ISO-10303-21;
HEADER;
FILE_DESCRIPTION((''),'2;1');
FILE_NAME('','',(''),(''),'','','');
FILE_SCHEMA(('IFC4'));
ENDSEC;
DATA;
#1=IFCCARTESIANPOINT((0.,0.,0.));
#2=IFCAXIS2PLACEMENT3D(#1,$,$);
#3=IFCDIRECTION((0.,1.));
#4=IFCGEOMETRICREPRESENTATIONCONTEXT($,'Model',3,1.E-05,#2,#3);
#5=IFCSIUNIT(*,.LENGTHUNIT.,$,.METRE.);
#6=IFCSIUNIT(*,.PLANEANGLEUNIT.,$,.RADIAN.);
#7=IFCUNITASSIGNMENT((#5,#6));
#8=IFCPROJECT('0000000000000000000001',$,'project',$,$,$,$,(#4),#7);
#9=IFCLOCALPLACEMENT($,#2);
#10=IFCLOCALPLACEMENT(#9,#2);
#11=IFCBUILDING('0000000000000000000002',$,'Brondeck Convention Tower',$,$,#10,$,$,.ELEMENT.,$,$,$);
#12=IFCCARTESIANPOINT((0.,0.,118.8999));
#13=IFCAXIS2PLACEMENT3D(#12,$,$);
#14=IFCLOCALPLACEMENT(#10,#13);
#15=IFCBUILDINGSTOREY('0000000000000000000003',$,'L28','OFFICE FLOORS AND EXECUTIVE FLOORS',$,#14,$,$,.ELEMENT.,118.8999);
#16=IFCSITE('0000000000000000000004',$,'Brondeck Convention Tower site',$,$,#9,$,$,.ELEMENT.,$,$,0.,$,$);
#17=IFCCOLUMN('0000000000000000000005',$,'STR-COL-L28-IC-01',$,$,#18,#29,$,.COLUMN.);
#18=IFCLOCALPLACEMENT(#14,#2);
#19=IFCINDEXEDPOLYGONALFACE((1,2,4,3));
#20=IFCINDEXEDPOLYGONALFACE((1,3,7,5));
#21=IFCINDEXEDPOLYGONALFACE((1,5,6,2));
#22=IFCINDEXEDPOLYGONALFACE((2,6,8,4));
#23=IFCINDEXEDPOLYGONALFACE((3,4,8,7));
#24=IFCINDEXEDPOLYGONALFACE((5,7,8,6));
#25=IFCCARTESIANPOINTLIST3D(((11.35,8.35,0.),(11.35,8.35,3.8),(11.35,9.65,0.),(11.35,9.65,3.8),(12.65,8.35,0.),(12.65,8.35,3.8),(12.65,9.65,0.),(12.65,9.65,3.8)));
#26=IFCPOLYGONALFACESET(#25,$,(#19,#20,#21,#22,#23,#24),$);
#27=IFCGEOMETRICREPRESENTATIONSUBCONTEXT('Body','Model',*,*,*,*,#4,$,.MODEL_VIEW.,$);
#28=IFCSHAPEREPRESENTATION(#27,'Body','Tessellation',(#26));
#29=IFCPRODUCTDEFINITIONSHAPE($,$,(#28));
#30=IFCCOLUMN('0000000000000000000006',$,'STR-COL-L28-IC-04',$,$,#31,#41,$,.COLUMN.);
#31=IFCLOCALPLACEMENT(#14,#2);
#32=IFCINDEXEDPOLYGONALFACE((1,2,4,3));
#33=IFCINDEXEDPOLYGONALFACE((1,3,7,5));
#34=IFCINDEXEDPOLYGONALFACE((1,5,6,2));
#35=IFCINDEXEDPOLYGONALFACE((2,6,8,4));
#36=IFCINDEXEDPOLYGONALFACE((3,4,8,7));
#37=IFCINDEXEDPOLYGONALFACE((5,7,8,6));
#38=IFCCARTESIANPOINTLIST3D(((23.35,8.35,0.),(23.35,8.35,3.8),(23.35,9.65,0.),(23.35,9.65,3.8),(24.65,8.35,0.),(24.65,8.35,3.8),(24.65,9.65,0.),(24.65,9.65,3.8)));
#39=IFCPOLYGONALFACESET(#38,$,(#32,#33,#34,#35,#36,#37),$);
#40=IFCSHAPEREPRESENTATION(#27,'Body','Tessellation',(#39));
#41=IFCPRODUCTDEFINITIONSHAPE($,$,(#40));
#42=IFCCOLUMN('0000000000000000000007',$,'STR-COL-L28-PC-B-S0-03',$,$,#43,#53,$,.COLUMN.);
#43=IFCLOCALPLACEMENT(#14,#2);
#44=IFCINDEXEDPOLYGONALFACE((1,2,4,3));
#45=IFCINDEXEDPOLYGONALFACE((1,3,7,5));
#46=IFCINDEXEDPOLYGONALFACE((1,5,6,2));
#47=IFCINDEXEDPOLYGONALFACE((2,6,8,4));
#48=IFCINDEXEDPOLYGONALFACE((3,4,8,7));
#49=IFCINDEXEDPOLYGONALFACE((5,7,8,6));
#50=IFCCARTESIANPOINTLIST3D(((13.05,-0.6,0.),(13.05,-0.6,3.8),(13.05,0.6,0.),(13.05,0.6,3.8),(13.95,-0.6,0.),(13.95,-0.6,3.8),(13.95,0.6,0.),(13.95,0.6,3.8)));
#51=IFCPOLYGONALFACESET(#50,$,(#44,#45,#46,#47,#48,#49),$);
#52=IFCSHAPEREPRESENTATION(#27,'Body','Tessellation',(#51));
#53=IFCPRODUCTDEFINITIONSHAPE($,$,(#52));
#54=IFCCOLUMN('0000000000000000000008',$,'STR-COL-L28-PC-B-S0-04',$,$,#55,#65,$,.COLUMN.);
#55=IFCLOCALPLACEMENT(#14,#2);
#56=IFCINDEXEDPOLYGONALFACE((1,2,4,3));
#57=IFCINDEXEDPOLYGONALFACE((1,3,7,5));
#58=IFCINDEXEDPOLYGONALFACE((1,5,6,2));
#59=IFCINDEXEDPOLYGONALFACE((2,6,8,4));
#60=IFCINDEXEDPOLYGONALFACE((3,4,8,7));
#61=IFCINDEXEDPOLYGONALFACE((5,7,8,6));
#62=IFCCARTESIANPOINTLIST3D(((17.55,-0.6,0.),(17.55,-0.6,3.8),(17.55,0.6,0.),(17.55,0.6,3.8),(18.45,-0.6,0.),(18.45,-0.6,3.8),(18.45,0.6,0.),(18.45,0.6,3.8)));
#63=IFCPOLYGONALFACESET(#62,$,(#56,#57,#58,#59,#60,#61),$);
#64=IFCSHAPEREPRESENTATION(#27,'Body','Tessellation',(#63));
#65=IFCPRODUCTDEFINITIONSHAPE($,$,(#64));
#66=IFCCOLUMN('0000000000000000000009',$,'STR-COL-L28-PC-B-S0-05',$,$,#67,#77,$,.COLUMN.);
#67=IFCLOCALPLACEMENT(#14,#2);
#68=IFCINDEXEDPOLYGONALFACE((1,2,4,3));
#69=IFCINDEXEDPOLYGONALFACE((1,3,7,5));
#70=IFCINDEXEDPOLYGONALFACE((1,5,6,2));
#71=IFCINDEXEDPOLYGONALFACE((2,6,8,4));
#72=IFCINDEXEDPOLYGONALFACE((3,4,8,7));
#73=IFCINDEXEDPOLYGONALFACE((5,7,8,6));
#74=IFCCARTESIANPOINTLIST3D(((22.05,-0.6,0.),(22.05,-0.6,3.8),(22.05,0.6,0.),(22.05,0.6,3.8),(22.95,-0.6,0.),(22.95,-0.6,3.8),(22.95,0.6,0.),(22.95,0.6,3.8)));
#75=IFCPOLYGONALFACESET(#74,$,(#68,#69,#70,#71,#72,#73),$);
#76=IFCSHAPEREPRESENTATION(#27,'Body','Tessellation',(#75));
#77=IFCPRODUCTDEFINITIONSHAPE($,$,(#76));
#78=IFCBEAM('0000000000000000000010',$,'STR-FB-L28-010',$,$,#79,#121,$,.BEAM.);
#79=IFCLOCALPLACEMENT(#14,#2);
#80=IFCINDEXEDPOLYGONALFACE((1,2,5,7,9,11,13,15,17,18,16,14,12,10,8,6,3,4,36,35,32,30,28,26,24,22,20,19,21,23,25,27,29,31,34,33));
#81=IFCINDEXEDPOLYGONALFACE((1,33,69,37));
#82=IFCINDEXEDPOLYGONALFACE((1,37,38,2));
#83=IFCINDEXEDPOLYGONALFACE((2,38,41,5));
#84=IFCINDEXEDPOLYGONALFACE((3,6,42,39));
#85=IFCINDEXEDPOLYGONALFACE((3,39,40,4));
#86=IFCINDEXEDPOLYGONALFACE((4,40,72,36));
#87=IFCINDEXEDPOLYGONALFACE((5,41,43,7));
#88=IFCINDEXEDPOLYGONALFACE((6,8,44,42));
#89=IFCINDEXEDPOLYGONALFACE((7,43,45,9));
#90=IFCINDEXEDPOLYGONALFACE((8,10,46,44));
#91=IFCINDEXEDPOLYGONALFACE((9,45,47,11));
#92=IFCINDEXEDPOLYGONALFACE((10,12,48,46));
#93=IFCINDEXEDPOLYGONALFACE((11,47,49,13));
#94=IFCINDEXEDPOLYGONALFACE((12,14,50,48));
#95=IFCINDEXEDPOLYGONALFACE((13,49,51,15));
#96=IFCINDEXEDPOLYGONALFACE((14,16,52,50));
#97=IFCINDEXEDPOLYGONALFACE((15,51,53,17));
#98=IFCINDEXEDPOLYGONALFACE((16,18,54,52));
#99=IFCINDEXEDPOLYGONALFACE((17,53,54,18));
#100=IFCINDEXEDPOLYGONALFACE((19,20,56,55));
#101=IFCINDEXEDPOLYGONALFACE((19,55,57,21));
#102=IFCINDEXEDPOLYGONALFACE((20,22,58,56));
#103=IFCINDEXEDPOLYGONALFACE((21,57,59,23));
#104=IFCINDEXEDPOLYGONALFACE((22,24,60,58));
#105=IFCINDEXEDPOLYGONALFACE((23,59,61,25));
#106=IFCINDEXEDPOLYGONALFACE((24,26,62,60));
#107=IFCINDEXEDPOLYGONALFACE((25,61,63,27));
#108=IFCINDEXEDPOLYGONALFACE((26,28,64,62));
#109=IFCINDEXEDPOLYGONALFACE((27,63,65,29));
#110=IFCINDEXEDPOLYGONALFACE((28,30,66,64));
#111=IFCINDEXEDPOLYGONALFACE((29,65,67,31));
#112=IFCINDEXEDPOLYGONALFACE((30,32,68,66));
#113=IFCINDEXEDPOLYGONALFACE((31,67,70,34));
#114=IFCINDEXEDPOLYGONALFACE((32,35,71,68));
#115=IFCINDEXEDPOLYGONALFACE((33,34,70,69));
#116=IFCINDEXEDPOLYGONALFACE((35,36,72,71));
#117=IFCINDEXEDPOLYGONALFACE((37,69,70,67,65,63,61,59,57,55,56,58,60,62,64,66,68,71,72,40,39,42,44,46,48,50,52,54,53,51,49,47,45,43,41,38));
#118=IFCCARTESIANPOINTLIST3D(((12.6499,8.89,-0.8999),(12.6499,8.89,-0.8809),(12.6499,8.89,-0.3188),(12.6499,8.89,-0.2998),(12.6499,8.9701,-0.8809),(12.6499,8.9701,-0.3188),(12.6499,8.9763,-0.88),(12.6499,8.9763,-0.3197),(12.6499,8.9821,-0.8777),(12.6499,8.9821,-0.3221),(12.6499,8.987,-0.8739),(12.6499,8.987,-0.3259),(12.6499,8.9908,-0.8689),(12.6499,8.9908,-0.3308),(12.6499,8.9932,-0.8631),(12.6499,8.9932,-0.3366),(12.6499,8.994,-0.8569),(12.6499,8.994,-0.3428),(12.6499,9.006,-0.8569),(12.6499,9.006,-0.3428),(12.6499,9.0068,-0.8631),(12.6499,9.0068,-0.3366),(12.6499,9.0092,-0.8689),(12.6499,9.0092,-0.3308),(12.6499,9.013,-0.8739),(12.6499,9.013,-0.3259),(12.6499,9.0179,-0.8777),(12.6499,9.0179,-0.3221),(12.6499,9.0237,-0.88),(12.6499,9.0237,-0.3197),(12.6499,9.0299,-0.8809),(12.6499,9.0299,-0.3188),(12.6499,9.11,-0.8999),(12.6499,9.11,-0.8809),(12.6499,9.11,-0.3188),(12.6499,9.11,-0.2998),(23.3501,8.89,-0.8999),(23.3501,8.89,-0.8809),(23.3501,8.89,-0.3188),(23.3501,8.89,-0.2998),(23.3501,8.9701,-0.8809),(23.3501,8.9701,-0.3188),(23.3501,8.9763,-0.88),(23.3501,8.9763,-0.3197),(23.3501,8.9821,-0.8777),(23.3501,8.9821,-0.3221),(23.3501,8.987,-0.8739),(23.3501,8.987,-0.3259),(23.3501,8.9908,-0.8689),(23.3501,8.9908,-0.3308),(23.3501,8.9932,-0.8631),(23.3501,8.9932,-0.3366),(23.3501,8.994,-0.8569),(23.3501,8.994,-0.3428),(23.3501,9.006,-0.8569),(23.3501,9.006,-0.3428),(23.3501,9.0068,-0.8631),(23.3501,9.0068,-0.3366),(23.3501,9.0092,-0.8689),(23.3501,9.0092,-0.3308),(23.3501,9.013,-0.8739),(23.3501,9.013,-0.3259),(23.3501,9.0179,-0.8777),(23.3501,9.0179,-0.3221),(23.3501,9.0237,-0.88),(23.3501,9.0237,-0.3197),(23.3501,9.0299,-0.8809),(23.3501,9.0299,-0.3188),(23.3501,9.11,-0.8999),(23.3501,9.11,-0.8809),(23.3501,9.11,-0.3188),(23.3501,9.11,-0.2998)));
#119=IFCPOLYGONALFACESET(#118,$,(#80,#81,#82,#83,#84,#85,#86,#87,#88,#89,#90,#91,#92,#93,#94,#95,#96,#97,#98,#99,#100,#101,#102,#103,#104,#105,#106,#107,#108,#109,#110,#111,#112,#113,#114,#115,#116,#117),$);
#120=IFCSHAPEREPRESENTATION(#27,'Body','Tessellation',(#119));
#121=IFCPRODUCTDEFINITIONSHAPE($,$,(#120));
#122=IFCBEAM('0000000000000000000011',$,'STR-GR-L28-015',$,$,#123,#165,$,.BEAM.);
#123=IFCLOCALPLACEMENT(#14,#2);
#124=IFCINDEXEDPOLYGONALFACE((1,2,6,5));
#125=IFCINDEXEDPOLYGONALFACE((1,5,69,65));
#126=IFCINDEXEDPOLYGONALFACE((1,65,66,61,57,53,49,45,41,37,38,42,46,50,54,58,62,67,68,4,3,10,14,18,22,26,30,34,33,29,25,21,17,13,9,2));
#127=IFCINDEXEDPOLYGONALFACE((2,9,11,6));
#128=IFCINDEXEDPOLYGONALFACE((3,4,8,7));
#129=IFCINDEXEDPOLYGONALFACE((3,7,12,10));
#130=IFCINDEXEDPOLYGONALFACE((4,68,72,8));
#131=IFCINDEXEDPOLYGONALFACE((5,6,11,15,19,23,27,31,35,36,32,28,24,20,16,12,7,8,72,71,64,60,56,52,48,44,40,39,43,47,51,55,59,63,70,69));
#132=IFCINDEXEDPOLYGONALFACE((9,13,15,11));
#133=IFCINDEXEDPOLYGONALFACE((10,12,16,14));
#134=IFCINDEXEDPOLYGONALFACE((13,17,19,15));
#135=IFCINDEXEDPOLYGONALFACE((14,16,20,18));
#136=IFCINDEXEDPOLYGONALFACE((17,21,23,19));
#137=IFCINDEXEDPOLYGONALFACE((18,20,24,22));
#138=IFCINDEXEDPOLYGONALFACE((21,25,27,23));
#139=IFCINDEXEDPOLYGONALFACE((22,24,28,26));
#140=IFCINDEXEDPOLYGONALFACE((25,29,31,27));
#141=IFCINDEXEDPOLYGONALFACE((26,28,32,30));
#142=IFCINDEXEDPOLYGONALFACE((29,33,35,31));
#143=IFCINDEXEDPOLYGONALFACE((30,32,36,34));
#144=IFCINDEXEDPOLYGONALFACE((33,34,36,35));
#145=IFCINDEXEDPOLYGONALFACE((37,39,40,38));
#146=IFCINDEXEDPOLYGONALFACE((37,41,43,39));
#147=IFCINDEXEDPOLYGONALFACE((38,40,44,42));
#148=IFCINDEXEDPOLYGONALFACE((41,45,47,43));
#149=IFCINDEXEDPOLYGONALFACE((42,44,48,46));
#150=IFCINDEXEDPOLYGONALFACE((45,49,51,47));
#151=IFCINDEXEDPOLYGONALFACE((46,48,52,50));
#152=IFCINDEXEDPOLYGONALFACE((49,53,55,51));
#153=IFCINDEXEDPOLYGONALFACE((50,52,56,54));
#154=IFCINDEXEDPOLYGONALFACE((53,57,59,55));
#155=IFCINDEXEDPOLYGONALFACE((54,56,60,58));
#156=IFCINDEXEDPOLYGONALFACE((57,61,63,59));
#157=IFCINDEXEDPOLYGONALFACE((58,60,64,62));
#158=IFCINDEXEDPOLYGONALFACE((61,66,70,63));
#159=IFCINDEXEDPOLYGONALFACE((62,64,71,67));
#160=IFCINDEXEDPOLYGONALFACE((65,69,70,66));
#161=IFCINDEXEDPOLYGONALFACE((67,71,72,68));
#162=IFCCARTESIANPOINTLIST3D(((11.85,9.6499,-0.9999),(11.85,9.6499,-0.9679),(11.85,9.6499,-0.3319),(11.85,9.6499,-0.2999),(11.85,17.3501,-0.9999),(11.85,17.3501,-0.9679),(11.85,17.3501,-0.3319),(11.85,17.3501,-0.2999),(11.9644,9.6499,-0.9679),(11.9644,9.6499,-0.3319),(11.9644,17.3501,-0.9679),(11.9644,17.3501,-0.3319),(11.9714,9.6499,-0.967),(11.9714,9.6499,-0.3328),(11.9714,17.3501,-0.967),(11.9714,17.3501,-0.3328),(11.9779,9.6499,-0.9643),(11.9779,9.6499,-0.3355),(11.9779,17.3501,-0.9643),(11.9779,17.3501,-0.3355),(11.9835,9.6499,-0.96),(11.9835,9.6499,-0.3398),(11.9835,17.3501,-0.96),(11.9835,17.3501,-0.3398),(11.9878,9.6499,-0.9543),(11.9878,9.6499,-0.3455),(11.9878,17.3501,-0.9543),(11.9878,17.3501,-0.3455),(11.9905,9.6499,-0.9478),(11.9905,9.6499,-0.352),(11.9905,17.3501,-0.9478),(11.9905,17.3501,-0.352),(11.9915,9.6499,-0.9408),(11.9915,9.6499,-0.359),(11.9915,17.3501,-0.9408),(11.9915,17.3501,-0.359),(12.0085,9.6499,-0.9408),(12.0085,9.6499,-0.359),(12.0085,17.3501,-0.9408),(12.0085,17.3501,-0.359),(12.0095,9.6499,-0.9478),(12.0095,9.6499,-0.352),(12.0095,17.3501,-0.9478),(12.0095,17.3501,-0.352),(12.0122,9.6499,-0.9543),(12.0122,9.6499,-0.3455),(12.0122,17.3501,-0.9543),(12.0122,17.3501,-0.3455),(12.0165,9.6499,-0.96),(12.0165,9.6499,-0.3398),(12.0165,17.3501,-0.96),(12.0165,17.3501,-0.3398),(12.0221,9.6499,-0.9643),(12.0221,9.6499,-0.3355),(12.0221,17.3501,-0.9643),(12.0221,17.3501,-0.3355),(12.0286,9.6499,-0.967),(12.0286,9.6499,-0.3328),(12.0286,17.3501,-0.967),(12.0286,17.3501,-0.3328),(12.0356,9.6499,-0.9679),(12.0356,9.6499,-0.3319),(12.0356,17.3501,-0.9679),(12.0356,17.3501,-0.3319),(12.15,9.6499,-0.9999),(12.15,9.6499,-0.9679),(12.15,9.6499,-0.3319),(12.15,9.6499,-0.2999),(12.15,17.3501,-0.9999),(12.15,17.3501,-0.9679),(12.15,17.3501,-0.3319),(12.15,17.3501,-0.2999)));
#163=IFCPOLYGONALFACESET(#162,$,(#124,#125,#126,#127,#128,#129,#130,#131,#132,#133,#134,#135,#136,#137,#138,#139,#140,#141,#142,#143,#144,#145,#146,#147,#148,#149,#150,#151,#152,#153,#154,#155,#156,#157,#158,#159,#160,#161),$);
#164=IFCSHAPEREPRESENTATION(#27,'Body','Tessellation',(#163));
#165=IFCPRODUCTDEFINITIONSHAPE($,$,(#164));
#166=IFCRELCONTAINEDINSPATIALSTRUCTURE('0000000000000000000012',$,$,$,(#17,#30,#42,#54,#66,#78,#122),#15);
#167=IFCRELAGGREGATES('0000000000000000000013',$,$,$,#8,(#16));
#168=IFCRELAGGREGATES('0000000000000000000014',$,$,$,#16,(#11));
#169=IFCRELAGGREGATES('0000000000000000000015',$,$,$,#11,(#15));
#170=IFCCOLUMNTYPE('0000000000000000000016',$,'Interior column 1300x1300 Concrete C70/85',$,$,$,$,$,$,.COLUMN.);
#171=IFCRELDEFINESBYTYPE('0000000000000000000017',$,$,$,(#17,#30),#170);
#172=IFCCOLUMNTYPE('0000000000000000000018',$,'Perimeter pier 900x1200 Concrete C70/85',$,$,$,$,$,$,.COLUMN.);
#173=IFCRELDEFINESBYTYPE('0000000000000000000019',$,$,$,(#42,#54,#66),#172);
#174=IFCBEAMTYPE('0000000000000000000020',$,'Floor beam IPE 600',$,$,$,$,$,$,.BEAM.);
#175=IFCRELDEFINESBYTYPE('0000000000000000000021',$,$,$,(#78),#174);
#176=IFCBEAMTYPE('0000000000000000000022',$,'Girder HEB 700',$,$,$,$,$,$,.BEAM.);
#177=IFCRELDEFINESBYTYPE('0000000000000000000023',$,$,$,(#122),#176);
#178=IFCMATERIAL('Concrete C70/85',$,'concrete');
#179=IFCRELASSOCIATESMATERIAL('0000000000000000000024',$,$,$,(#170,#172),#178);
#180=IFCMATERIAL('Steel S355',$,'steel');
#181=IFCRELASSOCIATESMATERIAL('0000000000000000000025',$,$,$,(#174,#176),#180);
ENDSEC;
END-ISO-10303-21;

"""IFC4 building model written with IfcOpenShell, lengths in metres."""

from ifc_helpers import new_model, si_unit, direction, frame, origin, origin_2d, place, context, subcontext, project, spatial, rectangle, i_section, extrude, material, material_profile, profile_set, type_object, element, save


model = new_model("IFC4")

# Units and contexts
model_context = context("Model", 3, precision=1e-05, world=origin(), true_north=direction((0.0, 1.0)))
body_context = subcontext(model_context, "Body", "Model", "MODEL_VIEW")
ifc_project = project(units=[si_unit("LENGTHUNIT", "METRE"), si_unit("PLANEANGLEUNIT", "RADIAN")], contexts=[model_context])

# Site, building, storey
site_placement = place(None, origin())
site = spatial("IfcSite", under=ifc_project, at=site_placement, Name="Brondeck Convention Tower site", CompositionType="ELEMENT", RefElevation=0.0)
building_placement = place(site_placement, origin())
building = spatial("IfcBuilding", under=site, at=building_placement, Name="Brondeck Convention Tower", CompositionType="ELEMENT")
storey_placement = place(building_placement, frame((0.0, 0.0, 118.8999)))
storey = spatial("IfcBuildingStorey", under=building, at=storey_placement, Name="L28", Description="OFFICE FLOORS AND EXECUTIVE FLOORS", CompositionType="ELEMENT", Elevation=118.8999)

# Columns
ifc_material_1 = material(Name="Concrete C70/85", Category="concrete")
ifc_material_profile_1 = material_profile(ifc_material_1, rectangle(XDim=1.3, YDim=1.3, at=origin_2d()), Name="Interior column 1300x1300 Concrete C70/85")
ifc_profile_set_1 = profile_set([ifc_material_profile_1], Name="Concrete C70/85")
column_type_1 = type_object("IfcColumnType", Name="Interior column 1300x1300 Concrete C70/85", PredefinedType="COLUMN", material=ifc_profile_set_1)
for number, where, z_axis, x_axis, name in (
    (1, (12.0, 9.0, 0.0), (0.0, 0.0, 1.0), (1.0, 0.0, 0.0), "STR-COL-L28-IC-01"),
    (2, (24.0, 9.0, 0.0), (0.0, 0.0, 1.0), (1.0, 0.0, 0.0), "STR-COL-L28-IC-04"),
):
    element("IfcColumn", number, at=place(storey_placement, frame(where, z_axis=z_axis, x_axis=x_axis)), inside=storey, type_object=column_type_1, Name=name, PredefinedType="COLUMN", context=body_context, shape_type="SweptSolid", body=[
        extrude(rectangle(XDim=1.3, YDim=1.3, at=origin_2d()), origin(), (0.0, 0.0, 1.0), 3.8),
    ])
ifc_material_profile_2 = material_profile(ifc_material_1, rectangle(XDim=0.8999, YDim=1.2, at=origin_2d()), Name="Perimeter pier 900x1200 Concrete C70/85")
ifc_profile_set_2 = profile_set([ifc_material_profile_2], Name="Concrete C70/85")
column_type_2 = type_object("IfcColumnType", Name="Perimeter pier 900x1200 Concrete C70/85", PredefinedType="COLUMN", material=ifc_profile_set_2)
for number, where, z_axis, x_axis, name in (
    (3, (13.5, 0.0, 0.0), (0.0, 0.0, 1.0), (1.0, 0.0, 0.0), "STR-COL-L28-PC-B-S0-03"),
    (4, (18.0, 0.0, 0.0), (0.0, 0.0, 1.0), (1.0, 0.0, 0.0), "STR-COL-L28-PC-B-S0-04"),
    (5, (22.5, 0.0, 0.0), (0.0, 0.0, 1.0), (1.0, 0.0, 0.0), "STR-COL-L28-PC-B-S0-05"),
):
    element("IfcColumn", number, at=place(storey_placement, frame(where, z_axis=z_axis, x_axis=x_axis)), inside=storey, type_object=column_type_2, Name=name, PredefinedType="COLUMN", context=body_context, shape_type="SweptSolid", body=[
        extrude(rectangle(XDim=0.8999, YDim=1.2, at=origin_2d()), origin(), (0.0, 0.0, 1.0), 3.8),
    ])

# Beams
ifc_material_2 = material(Name="Steel S355", Category="steel")
ifc_material_profile_3 = material_profile(ifc_material_2, i_section(OverallWidth=0.22, OverallDepth=0.6001, WebThickness=0.012, FlangeThickness=0.019, FilletRadius=0.0239, at=origin_2d()), Name="IPE 600")
ifc_profile_set_3 = profile_set([ifc_material_profile_3], Name="Steel S355")
beam_type_1 = type_object("IfcBeamType", Name="Floor beam IPE 600", PredefinedType="BEAM", material=ifc_profile_set_3)
beam_1_placement = place(storey_placement, frame((12.6499, 9.0, -0.5999), z_axis=(1.0, 0.0, 0.0), x_axis=(0.0, 1.0, 0.0)))
element("IfcBeam", 6, at=beam_1_placement, inside=storey, type_object=beam_type_1, Name="STR-FB-L28-010", PredefinedType="BEAM", context=body_context, shape_type="SweptSolid", body=[
    extrude(i_section(OverallWidth=0.22, OverallDepth=0.6001, WebThickness=0.012, FlangeThickness=0.019, FilletRadius=0.0239, at=origin_2d()), origin(), (0.0, 0.0, 1.0), 10.7002),
])
ifc_material_profile_4 = material_profile(ifc_material_2, i_section(OverallWidth=0.3, OverallDepth=0.7, WebThickness=0.0171, FlangeThickness=0.032, FilletRadius=0.0271, at=origin_2d()), Name="HEB 700")
ifc_profile_set_4 = profile_set([ifc_material_profile_4], Name="Steel S355")
beam_type_2 = type_object("IfcBeamType", Name="Girder HEB 700", PredefinedType="BEAM", material=ifc_profile_set_4)
beam_2_placement = place(storey_placement, frame((12.0, 17.3501, -0.6499), z_axis=(0.0, -1.0, 0.0), x_axis=(1.0, 0.0, 0.0)))
element("IfcBeam", 7, at=beam_2_placement, inside=storey, type_object=beam_type_2, Name="STR-GR-L28-015", PredefinedType="BEAM", context=body_context, shape_type="SweptSolid", body=[
    extrude(i_section(OverallWidth=0.3, OverallDepth=0.7, WebThickness=0.0171, FlangeThickness=0.032, FilletRadius=0.0271, at=origin_2d()), origin(), (0.0, 0.0, 1.0), 7.7002),
])

save(model, "model.ifc")
